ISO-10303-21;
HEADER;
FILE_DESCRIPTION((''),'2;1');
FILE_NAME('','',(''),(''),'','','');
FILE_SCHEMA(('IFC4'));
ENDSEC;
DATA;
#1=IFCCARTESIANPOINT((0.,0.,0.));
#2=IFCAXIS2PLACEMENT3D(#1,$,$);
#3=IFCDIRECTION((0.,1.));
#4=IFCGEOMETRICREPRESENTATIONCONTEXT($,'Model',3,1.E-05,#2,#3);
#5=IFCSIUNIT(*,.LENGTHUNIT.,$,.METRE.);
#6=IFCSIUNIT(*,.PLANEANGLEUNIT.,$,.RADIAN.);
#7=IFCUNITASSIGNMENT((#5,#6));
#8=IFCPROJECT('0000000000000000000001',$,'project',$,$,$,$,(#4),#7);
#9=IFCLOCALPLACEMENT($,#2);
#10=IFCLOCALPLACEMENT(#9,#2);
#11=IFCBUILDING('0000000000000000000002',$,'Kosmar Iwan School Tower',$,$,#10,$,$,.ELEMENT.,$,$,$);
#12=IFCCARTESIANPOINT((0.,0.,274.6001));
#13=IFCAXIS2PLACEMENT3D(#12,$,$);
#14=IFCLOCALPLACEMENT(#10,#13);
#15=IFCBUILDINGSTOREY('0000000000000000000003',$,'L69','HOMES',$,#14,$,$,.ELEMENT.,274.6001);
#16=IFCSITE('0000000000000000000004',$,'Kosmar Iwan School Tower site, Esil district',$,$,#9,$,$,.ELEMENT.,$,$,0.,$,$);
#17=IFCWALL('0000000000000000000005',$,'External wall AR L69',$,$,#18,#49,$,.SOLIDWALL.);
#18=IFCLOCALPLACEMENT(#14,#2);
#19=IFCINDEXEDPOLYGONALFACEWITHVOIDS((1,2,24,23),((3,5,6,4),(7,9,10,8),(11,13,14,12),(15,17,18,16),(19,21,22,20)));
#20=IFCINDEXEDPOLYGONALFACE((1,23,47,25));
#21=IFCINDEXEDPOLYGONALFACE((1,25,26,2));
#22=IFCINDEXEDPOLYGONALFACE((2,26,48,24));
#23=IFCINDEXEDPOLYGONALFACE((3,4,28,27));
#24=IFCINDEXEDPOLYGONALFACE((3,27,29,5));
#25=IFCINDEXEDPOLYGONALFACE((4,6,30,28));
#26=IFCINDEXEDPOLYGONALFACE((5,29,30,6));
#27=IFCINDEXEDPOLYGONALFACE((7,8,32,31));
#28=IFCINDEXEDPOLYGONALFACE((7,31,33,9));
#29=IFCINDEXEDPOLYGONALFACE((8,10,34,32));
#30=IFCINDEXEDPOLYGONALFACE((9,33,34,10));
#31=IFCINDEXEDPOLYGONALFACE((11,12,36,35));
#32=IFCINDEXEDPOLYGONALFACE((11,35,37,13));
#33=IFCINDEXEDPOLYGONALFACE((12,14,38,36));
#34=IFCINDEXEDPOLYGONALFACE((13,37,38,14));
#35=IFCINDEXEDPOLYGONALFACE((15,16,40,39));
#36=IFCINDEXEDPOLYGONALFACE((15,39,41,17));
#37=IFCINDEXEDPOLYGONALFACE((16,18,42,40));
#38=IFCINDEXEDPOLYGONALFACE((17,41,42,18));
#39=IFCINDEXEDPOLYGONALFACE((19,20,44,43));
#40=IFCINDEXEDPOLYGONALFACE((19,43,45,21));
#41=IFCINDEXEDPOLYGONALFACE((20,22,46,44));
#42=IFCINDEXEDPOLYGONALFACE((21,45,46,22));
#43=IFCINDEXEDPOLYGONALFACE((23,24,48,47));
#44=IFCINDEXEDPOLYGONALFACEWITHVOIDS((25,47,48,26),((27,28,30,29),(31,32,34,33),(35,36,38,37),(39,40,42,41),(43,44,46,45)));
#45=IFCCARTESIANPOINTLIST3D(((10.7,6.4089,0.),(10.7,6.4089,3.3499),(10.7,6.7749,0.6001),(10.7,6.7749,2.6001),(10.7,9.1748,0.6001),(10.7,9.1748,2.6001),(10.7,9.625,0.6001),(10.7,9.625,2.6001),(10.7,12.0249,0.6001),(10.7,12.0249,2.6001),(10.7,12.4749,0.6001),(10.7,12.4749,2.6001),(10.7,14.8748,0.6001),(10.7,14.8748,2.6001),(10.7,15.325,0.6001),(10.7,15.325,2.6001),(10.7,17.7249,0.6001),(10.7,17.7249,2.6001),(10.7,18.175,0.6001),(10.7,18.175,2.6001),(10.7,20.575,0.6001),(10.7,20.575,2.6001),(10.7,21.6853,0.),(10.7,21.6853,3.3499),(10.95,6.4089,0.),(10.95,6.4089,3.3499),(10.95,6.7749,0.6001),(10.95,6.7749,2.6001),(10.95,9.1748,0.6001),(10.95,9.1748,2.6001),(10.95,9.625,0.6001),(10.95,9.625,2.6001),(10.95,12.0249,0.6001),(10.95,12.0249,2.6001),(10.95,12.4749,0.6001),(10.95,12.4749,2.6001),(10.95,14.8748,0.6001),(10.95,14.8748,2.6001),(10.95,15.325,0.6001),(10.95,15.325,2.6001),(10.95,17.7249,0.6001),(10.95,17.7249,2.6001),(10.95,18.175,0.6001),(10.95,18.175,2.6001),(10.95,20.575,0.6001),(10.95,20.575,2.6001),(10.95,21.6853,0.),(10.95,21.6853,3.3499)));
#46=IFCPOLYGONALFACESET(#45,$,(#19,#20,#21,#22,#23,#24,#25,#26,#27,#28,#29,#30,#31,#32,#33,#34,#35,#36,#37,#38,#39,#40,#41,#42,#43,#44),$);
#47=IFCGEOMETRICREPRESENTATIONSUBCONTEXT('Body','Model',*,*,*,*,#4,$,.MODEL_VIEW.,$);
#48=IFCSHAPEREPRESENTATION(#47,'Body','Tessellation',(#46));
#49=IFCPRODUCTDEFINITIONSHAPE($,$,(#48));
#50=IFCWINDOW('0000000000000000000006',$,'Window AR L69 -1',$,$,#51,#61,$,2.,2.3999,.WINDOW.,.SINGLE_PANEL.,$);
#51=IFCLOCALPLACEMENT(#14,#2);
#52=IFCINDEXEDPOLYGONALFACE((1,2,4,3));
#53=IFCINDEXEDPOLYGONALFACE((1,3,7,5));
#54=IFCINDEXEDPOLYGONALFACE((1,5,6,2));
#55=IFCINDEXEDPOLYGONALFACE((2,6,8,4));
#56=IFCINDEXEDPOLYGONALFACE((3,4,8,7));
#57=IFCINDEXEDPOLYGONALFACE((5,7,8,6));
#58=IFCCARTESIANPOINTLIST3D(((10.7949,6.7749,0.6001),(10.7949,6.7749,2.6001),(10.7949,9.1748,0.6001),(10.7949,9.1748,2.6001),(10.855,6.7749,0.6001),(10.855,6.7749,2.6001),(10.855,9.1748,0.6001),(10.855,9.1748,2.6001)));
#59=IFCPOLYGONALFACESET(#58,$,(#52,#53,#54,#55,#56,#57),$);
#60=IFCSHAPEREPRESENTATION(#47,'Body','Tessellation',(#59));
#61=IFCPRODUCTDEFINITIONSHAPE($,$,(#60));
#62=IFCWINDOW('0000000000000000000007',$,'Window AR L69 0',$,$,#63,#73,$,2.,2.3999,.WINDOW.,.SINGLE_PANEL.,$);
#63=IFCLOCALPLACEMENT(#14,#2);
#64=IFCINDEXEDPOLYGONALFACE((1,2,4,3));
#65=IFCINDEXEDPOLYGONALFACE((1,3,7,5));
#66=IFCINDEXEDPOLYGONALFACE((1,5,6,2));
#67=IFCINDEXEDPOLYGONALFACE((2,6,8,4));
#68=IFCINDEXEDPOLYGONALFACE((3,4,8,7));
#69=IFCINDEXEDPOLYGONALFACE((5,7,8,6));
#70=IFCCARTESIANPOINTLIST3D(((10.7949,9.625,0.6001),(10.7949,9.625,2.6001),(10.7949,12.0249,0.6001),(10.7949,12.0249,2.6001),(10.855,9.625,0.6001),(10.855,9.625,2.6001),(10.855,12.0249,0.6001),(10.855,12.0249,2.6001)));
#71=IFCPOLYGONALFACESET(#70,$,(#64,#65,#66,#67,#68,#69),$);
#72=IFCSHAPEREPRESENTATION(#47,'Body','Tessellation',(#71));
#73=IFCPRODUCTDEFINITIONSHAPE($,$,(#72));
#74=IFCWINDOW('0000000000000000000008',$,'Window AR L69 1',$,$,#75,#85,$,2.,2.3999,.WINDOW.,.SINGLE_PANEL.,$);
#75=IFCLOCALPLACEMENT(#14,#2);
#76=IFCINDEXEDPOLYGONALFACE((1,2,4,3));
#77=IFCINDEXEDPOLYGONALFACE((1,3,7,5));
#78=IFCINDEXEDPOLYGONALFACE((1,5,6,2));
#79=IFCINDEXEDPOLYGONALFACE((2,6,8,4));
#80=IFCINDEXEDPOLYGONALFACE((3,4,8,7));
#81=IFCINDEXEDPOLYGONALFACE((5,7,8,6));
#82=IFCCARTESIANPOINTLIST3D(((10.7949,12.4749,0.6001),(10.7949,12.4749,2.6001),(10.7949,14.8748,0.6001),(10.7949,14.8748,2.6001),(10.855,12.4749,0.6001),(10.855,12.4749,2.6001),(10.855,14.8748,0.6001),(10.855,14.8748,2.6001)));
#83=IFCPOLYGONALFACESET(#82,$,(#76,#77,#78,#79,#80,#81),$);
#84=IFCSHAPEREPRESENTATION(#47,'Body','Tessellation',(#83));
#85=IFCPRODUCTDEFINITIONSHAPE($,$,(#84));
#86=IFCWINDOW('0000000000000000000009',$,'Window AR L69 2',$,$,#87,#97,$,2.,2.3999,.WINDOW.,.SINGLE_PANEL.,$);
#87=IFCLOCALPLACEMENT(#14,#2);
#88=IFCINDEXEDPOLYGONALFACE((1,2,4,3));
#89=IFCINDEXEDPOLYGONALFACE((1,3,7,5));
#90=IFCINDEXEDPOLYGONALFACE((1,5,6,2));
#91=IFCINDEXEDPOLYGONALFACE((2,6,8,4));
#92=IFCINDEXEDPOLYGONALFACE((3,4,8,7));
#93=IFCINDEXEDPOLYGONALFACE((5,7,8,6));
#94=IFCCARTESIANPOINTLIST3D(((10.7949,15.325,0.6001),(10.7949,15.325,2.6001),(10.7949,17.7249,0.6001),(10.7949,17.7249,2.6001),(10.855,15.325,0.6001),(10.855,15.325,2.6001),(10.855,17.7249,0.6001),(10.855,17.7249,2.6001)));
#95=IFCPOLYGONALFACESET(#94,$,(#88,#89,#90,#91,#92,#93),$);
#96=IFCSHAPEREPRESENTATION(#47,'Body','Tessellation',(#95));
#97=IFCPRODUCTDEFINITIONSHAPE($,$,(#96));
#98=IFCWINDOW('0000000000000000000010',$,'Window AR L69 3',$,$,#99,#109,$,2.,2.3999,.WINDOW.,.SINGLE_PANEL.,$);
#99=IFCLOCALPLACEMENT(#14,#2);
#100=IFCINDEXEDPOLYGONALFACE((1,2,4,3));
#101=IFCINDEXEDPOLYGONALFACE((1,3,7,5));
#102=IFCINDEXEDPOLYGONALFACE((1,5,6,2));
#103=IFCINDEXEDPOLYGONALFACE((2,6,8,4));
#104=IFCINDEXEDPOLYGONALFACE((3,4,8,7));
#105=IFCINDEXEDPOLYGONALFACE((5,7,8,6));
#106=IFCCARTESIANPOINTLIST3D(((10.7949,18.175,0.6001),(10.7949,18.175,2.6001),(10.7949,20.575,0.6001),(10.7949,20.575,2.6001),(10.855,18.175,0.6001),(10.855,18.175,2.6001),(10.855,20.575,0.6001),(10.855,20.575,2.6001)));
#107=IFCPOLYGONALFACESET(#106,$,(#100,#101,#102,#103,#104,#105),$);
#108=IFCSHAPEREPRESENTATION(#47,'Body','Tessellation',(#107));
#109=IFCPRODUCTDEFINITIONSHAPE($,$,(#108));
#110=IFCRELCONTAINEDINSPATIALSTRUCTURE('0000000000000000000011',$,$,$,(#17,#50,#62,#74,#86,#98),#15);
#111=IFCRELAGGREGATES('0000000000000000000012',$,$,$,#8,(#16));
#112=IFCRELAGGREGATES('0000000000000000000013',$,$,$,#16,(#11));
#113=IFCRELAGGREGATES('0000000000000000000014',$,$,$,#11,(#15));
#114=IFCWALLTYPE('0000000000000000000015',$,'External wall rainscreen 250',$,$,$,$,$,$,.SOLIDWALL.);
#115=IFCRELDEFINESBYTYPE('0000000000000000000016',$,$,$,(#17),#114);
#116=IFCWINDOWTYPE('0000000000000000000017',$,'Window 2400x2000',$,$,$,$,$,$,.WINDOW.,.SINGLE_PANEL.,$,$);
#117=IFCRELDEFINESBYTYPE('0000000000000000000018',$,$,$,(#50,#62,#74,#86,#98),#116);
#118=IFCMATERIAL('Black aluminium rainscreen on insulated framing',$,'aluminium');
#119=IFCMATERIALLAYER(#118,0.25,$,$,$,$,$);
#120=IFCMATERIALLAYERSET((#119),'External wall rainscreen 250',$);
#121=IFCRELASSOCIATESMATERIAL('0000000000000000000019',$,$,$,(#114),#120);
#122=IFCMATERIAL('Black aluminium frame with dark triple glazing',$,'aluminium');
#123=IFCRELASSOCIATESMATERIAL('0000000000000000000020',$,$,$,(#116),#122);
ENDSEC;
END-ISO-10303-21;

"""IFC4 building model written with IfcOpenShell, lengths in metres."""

from ifc_helpers import new_model, si_unit, direction, frame, frame_2d, origin, place, context, subcontext, project, spatial, rectangle, extrude, material, layer, layer_set, type_object, element, fill, save


model = new_model("IFC4")

# Units and contexts
model_context = context("Model", 3, precision=1e-05, world=origin(), true_north=direction((0.0, 1.0)))
body_context = subcontext(model_context, "Body", "Model", "MODEL_VIEW")
ifc_project = project(units=[si_unit("LENGTHUNIT", "METRE"), si_unit("PLANEANGLEUNIT", "RADIAN")], contexts=[model_context])

# Site, building, storey
site_placement = place(None, origin())
site = spatial("IfcSite", under=ifc_project, at=site_placement, Name="Kosmar Iwan School Tower site, Esil district", CompositionType="ELEMENT", RefElevation=0.0)
building_placement = place(site_placement, origin())
building = spatial("IfcBuilding", under=site, at=building_placement, Name="Kosmar Iwan School Tower", CompositionType="ELEMENT")
storey_placement = place(building_placement, frame((0.0, 0.0, 274.6001)))
storey = spatial("IfcBuildingStorey", under=building, at=storey_placement, Name="L69", Description="HOMES", CompositionType="ELEMENT", Elevation=274.6001)

# Wall, openings, windows
ifc_material_1 = material(Name="Black aluminium rainscreen on insulated framing", Category="aluminium")
ifc_layer_1 = layer(ifc_material_1, 0.25)
ifc_layer_set_1 = layer_set([ifc_layer_1], Name="External wall rainscreen 250")
wall_type_1 = type_object("IfcWallType", Name="External wall rainscreen 250", PredefinedType="SOLIDWALL", material=ifc_layer_set_1)
wall_1_placement = place(storey_placement, frame((10.825, 6.4089, 0.0), z_axis=(0.0, 0.0, 1.0), x_axis=(0.0, 1.0, 0.0)))
wall_1 = element("IfcWall", 1, at=wall_1_placement, inside=storey, type_object=wall_type_1, Name="External wall AR L69", PredefinedType="SOLIDWALL", context=body_context, shape_type="SweptSolid", body=[
    extrude(rectangle(XDim=15.2764, YDim=0.25, at=frame_2d((7.6382, 0.0))), origin(), (0.0, 0.0, 1.0), 3.3499),
])
opening_1_placement = place(wall_1_placement, frame((0.366, 0.0, 0.6001)))
opening_1 = element("IfcOpeningElement", 2, at=opening_1_placement, cuts=wall_1, PredefinedType="OPENING", context=body_context, shape_type="SweptSolid", body=[
    extrude(rectangle(XDim=2.3999, YDim=2.0, at=frame_2d((1.2, 1.0))), frame((0.0, 0.137, 0.0), z_axis=(0.0, -1.0, 0.0), x_axis=(1.0, 0.0, 0.0)), (0.0, 0.0, 1.0), 0.2739),
])
opening_2_placement = place(wall_1_placement, frame((3.2161, 0.0, 0.6001)))
opening_2 = element("IfcOpeningElement", 3, at=opening_2_placement, cuts=wall_1, PredefinedType="OPENING", context=body_context, shape_type="SweptSolid", body=[
    extrude(rectangle(XDim=2.3999, YDim=2.0, at=frame_2d((1.2, 1.0))), frame((0.0, 0.137, 0.0), z_axis=(0.0, -1.0, 0.0), x_axis=(1.0, 0.0, 0.0)), (0.0, 0.0, 1.0), 0.2739),
])
opening_3_placement = place(wall_1_placement, frame((6.0659, 0.0, 0.6001)))
opening_3 = element("IfcOpeningElement", 4, at=opening_3_placement, cuts=wall_1, PredefinedType="OPENING", context=body_context, shape_type="SweptSolid", body=[
    extrude(rectangle(XDim=2.3999, YDim=2.0, at=frame_2d((1.2, 1.0))), frame((0.0, 0.137, 0.0), z_axis=(0.0, -1.0, 0.0), x_axis=(1.0, 0.0, 0.0)), (0.0, 0.0, 1.0), 0.2739),
])
opening_4_placement = place(wall_1_placement, frame((8.916, 0.0, 0.6001)))
opening_4 = element("IfcOpeningElement", 5, at=opening_4_placement, cuts=wall_1, PredefinedType="OPENING", context=body_context, shape_type="SweptSolid", body=[
    extrude(rectangle(XDim=2.3999, YDim=2.0, at=frame_2d((1.2, 1.0))), frame((0.0, 0.137, 0.0), z_axis=(0.0, -1.0, 0.0), x_axis=(1.0, 0.0, 0.0)), (0.0, 0.0, 1.0), 0.2739),
])
opening_5_placement = place(wall_1_placement, frame((11.7661, 0.0, 0.6001)))
opening_5 = element("IfcOpeningElement", 6, at=opening_5_placement, cuts=wall_1, PredefinedType="OPENING", context=body_context, shape_type="SweptSolid", body=[
    extrude(rectangle(XDim=2.3999, YDim=2.0, at=frame_2d((1.2, 1.0))), frame((0.0, 0.137, 0.0), z_axis=(0.0, -1.0, 0.0), x_axis=(1.0, 0.0, 0.0)), (0.0, 0.0, 1.0), 0.2739),
])
ifc_material_2 = material(Name="Black aluminium frame with dark triple glazing", Category="aluminium")
window_type = type_object("IfcWindowType", Name="Window 2400x2000", PartitioningType="SINGLE_PANEL", PredefinedType="WINDOW", material=ifc_material_2)
window_1_placement = place(opening_1_placement, origin())
window_1 = element("IfcWindow", 7, at=window_1_placement, inside=storey, type_object=window_type, Name="Window AR L69 -1", OverallHeight=2.0, OverallWidth=2.3999, PartitioningType="SINGLE_PANEL", PredefinedType="WINDOW", context=body_context, shape_type="SweptSolid", body=[
    extrude(rectangle(XDim=2.3999, YDim=2.0, at=frame_2d((1.2, 1.0))), frame((0.0, 0.03, 0.0), z_axis=(0.0, -1.0, 0.0), x_axis=(1.0, 0.0, 0.0)), (0.0, 0.0, 1.0), 0.0601),
])
fill(opening_1, window_1)
window_2_placement = place(opening_2_placement, origin())
window_2 = element("IfcWindow", 8, at=window_2_placement, inside=storey, type_object=window_type, Name="Window AR L69 0", OverallHeight=2.0, OverallWidth=2.3999, PartitioningType="SINGLE_PANEL", PredefinedType="WINDOW", context=body_context, shape_type="SweptSolid", body=[
    extrude(rectangle(XDim=2.3999, YDim=2.0, at=frame_2d((1.2, 1.0))), frame((0.0, 0.03, 0.0), z_axis=(0.0, -1.0, 0.0), x_axis=(1.0, 0.0, 0.0)), (0.0, 0.0, 1.0), 0.0601),
])
fill(opening_2, window_2)
window_3_placement = place(opening_3_placement, origin())
window_3 = element("IfcWindow", 9, at=window_3_placement, inside=storey, type_object=window_type, Name="Window AR L69 1", OverallHeight=2.0, OverallWidth=2.3999, PartitioningType="SINGLE_PANEL", PredefinedType="WINDOW", context=body_context, shape_type="SweptSolid", body=[
    extrude(rectangle(XDim=2.3999, YDim=2.0, at=frame_2d((1.2, 1.0))), frame((0.0, 0.03, 0.0), z_axis=(0.0, -1.0, 0.0), x_axis=(1.0, 0.0, 0.0)), (0.0, 0.0, 1.0), 0.0601),
])
fill(opening_3, window_3)
window_4_placement = place(opening_4_placement, origin())
window_4 = element("IfcWindow", 10, at=window_4_placement, inside=storey, type_object=window_type, Name="Window AR L69 2", OverallHeight=2.0, OverallWidth=2.3999, PartitioningType="SINGLE_PANEL", PredefinedType="WINDOW", context=body_context, shape_type="SweptSolid", body=[
    extrude(rectangle(XDim=2.3999, YDim=2.0, at=frame_2d((1.2, 1.0))), frame((0.0, 0.03, 0.0), z_axis=(0.0, -1.0, 0.0), x_axis=(1.0, 0.0, 0.0)), (0.0, 0.0, 1.0), 0.0601),
])
fill(opening_4, window_4)
window_5_placement = place(opening_5_placement, origin())
window_5 = element("IfcWindow", 11, at=window_5_placement, inside=storey, type_object=window_type, Name="Window AR L69 3", OverallHeight=2.0, OverallWidth=2.3999, PartitioningType="SINGLE_PANEL", PredefinedType="WINDOW", context=body_context, shape_type="SweptSolid", body=[
    extrude(rectangle(XDim=2.3999, YDim=2.0, at=frame_2d((1.2, 1.0))), frame((0.0, 0.03, 0.0), z_axis=(0.0, -1.0, 0.0), x_axis=(1.0, 0.0, 0.0)), (0.0, 0.0, 1.0), 0.0601),
])
fill(opening_5, window_5)

save(model, "model.ifc")
